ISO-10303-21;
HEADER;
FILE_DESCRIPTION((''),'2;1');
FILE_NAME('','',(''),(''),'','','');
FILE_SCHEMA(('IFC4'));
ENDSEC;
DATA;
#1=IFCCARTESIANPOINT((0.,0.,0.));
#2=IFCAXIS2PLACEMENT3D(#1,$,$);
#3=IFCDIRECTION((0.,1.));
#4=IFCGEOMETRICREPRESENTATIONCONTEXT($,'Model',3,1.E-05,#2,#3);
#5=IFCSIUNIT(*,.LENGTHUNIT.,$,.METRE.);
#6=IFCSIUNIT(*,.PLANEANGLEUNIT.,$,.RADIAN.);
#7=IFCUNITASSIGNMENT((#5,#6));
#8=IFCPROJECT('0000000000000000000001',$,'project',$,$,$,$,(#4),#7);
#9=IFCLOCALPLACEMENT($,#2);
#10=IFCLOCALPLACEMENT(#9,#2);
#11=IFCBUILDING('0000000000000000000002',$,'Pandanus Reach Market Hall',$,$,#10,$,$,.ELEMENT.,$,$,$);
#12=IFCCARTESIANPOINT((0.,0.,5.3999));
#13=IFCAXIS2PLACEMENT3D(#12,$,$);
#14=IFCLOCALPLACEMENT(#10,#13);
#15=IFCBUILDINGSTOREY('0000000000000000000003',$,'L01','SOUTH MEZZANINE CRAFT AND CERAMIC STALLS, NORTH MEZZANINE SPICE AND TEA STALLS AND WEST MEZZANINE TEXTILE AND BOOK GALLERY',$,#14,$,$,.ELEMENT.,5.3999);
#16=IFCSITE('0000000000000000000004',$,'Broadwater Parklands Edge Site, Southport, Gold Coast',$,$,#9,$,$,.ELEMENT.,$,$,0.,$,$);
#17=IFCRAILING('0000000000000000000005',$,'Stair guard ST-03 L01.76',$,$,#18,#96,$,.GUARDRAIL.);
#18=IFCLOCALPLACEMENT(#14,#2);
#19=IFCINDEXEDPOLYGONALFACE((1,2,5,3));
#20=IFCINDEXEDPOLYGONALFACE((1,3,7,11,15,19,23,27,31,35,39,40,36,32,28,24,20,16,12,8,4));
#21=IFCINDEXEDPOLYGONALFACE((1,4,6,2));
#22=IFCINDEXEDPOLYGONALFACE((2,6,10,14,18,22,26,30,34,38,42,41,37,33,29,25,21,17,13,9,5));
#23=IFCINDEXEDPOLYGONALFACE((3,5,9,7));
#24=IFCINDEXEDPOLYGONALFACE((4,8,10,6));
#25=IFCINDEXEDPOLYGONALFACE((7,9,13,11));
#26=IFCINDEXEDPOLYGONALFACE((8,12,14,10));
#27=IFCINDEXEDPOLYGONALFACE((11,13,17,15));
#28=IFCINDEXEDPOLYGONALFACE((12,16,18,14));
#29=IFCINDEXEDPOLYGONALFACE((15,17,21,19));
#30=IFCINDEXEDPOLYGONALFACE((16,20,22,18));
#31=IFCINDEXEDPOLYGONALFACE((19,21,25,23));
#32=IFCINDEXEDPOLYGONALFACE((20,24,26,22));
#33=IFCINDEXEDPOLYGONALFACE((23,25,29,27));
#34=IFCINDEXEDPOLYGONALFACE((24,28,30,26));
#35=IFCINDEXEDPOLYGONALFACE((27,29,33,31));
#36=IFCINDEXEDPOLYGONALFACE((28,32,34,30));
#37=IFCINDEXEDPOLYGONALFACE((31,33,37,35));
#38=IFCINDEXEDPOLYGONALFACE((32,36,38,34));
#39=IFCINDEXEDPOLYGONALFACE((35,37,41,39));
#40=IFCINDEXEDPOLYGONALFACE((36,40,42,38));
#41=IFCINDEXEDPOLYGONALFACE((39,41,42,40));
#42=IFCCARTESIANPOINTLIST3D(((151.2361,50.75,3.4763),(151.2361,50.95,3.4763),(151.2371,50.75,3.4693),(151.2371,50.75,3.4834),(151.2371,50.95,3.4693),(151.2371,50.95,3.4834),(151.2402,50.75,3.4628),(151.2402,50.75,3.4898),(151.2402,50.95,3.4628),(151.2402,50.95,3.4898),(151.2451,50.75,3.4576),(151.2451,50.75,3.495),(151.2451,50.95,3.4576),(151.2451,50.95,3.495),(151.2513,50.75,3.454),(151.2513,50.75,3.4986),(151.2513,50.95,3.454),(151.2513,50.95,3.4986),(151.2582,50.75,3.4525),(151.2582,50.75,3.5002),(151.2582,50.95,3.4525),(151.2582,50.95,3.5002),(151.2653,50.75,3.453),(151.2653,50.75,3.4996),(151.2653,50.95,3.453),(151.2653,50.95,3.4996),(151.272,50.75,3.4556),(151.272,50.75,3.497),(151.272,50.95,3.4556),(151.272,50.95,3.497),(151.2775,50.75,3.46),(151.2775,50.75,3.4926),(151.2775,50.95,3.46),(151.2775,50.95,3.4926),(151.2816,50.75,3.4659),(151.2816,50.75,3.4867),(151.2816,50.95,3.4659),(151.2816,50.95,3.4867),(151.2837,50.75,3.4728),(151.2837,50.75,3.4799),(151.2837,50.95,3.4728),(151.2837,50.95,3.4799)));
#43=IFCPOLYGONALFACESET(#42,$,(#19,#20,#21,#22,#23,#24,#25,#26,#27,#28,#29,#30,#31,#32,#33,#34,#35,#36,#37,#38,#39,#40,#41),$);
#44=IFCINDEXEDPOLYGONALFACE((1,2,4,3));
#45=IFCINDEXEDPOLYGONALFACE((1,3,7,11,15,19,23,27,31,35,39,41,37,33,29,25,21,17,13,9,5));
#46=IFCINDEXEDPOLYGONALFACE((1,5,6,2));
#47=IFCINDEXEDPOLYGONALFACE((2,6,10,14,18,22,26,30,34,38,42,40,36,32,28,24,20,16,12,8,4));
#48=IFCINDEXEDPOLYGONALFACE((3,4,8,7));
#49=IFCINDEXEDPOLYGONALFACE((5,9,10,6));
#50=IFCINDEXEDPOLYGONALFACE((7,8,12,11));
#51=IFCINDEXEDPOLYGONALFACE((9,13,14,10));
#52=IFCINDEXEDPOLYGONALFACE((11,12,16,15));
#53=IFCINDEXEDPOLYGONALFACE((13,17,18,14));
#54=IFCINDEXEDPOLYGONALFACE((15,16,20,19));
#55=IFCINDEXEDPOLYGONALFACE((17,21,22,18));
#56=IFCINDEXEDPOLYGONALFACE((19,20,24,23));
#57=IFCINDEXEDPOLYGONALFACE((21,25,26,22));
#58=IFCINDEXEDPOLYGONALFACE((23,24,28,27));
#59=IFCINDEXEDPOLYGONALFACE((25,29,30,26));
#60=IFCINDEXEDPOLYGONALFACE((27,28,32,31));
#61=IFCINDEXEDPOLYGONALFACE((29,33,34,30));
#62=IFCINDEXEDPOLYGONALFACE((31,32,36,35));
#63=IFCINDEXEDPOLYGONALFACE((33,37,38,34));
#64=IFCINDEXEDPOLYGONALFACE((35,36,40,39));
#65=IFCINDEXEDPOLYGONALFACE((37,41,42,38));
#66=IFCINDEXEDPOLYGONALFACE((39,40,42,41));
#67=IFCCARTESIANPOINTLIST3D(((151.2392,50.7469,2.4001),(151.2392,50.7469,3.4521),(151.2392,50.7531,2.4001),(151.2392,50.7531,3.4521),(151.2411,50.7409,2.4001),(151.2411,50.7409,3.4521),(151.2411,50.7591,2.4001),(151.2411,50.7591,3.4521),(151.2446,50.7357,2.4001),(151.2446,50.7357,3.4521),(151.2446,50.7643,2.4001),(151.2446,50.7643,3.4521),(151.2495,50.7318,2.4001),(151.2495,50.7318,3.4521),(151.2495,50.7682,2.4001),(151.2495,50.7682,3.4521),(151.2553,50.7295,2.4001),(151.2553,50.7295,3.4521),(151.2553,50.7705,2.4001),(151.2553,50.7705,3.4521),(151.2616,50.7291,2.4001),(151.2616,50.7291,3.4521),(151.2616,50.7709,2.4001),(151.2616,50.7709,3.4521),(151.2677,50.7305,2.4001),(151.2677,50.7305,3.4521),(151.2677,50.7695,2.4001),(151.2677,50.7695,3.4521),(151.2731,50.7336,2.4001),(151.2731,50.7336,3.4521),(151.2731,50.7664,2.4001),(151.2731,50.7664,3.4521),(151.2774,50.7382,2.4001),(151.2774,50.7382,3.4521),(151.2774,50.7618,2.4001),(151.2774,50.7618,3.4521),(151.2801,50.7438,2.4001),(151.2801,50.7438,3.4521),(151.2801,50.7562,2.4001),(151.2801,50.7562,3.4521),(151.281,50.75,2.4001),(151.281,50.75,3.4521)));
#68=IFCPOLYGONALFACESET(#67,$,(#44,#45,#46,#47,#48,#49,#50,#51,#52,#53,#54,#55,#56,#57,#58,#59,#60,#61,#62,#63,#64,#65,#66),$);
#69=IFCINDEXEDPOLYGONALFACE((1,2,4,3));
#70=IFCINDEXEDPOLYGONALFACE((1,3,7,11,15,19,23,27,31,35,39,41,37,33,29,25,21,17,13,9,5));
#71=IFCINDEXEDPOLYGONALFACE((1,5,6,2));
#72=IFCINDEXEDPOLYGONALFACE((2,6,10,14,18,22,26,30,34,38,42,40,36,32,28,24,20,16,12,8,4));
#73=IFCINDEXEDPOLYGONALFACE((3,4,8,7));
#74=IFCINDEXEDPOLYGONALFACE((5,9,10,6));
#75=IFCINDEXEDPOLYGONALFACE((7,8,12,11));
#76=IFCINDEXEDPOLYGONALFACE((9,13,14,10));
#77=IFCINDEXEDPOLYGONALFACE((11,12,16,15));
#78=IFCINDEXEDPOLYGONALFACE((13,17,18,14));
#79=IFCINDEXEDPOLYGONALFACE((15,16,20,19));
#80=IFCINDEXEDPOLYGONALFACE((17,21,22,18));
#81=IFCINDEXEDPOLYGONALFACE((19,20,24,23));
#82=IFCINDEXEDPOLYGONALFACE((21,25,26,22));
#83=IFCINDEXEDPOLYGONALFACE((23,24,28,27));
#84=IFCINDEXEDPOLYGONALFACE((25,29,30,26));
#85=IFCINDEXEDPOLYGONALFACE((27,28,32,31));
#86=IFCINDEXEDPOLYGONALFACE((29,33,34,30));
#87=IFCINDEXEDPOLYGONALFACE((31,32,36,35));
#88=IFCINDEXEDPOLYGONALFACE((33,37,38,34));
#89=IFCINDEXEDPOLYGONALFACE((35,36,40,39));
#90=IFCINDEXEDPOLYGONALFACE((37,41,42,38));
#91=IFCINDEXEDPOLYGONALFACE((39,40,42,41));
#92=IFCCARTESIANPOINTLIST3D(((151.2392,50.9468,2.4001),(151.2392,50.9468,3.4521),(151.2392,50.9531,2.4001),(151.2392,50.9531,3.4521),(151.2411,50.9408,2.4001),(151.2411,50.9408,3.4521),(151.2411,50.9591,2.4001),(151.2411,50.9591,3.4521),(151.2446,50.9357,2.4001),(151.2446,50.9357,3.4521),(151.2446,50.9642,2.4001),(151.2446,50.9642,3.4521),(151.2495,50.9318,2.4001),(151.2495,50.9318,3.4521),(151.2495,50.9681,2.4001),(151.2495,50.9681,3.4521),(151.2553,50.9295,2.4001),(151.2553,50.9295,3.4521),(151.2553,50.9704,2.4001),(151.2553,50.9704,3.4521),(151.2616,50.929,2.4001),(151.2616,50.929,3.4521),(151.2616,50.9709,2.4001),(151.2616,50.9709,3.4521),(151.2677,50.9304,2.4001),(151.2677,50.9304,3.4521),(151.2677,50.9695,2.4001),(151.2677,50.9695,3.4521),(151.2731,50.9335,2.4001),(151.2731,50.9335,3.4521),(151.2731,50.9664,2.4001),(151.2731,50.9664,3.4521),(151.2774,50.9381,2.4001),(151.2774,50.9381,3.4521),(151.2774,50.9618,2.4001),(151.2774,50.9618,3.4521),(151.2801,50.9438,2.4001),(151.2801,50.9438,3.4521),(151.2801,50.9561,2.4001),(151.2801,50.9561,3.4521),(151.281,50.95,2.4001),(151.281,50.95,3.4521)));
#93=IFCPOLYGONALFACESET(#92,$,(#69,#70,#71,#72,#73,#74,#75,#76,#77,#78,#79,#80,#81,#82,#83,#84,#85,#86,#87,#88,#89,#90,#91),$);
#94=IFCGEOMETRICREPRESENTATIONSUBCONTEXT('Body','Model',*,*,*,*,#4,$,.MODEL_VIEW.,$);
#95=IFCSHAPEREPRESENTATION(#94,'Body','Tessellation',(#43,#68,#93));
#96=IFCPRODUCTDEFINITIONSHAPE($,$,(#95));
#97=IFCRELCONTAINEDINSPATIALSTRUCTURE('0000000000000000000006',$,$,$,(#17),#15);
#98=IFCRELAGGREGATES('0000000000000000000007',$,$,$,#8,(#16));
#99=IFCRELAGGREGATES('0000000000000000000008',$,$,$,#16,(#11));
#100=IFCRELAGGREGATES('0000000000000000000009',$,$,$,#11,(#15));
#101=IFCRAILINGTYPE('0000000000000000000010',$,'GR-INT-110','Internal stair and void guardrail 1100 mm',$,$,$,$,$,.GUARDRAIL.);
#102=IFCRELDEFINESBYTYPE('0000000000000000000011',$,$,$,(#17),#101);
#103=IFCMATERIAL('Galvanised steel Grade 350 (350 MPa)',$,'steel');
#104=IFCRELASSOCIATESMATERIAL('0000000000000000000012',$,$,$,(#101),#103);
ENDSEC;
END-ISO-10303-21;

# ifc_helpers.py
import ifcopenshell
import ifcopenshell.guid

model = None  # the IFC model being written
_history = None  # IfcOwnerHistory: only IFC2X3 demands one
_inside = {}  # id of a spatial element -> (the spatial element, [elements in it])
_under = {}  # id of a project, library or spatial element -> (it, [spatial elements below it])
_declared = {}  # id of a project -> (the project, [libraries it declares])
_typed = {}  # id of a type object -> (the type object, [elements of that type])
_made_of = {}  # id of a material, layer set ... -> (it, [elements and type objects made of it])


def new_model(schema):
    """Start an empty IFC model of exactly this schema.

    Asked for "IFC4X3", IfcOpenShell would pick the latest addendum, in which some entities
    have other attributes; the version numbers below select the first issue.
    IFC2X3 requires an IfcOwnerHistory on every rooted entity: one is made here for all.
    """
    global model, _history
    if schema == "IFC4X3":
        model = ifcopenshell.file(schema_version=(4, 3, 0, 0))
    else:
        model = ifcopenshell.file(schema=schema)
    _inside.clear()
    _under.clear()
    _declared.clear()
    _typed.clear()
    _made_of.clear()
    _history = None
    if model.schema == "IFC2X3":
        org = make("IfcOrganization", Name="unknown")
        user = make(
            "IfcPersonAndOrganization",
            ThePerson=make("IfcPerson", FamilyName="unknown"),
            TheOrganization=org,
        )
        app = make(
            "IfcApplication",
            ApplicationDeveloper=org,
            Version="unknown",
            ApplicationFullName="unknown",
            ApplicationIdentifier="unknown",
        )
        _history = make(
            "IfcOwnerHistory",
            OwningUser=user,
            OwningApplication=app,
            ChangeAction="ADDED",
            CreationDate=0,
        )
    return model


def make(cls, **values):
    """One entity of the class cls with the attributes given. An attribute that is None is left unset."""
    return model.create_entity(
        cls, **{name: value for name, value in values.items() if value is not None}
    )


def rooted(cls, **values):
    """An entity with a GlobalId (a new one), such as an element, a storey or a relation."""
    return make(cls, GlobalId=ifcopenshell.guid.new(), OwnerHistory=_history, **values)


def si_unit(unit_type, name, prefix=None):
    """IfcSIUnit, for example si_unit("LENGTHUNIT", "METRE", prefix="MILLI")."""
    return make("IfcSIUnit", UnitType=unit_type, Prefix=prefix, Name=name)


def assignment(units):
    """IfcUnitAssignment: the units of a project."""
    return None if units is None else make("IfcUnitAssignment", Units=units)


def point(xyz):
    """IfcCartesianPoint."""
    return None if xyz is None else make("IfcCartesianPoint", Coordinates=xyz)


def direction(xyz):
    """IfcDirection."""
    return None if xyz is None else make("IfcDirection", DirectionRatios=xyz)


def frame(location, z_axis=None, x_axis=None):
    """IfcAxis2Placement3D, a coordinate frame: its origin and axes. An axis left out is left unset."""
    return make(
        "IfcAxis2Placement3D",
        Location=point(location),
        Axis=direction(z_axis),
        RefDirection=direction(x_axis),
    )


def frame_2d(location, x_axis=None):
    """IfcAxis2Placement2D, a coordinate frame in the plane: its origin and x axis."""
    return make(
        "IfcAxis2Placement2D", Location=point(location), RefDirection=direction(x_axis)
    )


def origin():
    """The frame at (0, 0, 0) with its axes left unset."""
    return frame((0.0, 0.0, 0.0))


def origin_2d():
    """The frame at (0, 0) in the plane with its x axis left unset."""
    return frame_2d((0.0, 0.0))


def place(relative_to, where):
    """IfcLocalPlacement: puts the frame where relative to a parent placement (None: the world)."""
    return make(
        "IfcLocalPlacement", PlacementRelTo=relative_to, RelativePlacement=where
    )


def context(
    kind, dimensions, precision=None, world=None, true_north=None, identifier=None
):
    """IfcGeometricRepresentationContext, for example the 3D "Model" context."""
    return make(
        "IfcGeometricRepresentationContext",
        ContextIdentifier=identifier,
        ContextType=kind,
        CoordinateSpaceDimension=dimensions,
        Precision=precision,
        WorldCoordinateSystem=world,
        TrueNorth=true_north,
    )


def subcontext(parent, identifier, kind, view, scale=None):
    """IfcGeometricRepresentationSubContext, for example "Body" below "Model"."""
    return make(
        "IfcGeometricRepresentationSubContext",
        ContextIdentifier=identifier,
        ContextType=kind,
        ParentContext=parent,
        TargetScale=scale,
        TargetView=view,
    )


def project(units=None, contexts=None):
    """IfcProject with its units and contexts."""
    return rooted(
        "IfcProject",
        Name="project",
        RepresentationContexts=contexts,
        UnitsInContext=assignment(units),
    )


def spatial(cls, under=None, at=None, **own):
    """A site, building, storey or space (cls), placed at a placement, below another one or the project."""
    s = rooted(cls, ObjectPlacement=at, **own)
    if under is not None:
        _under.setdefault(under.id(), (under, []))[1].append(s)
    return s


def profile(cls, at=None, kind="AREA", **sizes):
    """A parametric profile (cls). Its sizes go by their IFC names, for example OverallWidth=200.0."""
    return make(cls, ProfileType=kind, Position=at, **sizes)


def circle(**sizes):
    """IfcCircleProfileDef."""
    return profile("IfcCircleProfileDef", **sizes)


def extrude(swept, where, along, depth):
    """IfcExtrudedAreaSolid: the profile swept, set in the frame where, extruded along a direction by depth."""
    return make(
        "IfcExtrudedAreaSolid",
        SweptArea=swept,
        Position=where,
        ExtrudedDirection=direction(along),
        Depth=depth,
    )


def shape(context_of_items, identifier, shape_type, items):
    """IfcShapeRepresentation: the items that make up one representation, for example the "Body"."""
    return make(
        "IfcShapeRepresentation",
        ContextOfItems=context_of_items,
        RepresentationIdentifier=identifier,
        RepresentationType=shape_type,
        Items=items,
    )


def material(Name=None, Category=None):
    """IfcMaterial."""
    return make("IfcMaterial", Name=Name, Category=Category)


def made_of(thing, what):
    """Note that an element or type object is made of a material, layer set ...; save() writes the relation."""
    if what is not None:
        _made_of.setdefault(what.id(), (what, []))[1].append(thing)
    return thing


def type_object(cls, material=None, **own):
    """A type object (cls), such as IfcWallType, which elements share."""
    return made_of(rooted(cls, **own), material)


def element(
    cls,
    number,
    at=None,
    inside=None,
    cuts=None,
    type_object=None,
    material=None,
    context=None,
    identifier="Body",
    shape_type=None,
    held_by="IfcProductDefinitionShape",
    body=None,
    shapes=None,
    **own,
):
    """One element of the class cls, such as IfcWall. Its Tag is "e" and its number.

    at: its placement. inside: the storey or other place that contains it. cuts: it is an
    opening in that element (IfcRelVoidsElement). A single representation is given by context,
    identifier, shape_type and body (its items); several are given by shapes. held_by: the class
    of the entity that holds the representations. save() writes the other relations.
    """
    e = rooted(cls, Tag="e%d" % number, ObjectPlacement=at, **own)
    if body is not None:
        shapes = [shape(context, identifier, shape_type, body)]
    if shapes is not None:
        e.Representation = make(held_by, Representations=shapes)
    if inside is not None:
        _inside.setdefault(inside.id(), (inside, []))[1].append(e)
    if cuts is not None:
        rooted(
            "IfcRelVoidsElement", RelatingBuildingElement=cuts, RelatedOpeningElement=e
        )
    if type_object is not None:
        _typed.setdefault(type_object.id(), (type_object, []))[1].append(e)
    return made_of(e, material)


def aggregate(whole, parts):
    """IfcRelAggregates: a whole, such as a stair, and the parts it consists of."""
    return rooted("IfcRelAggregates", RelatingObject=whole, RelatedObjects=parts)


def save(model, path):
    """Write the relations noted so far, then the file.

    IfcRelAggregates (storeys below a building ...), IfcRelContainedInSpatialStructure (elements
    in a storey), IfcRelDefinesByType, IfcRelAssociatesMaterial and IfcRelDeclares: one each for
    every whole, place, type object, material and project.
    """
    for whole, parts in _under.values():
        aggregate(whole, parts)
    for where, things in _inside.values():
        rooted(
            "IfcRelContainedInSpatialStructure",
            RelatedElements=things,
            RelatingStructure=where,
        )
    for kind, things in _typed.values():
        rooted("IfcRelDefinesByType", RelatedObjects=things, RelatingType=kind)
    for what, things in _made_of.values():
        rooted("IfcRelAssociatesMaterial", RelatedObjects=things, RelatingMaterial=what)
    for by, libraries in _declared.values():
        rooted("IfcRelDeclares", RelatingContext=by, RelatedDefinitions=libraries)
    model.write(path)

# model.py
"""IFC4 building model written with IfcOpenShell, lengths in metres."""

from ifc_helpers import new_model, si_unit, direction, frame, origin, origin_2d, place, context, subcontext, project, spatial, circle, extrude, material, type_object, element, save


model = new_model("IFC4")

# Units and contexts
model_context = context("Model", 3, precision=1e-05, world=origin(), true_north=direction((0.0, 1.0)))
body_context = subcontext(model_context, "Body", "Model", "MODEL_VIEW")
ifc_project = project(units=[si_unit("LENGTHUNIT", "METRE"), si_unit("PLANEANGLEUNIT", "RADIAN")], contexts=[model_context])

# Site, building, storey
site_placement = place(None, origin())
site = spatial("IfcSite", under=ifc_project, at=site_placement, Name="Broadwater Parklands Edge Site, Southport, Gold Coast", CompositionType="ELEMENT", RefElevation=0.0)
building_placement = place(site_placement, origin())
building = spatial("IfcBuilding", under=site, at=building_placement, Name="Pandanus Reach Market Hall", CompositionType="ELEMENT")
storey_placement = place(building_placement, frame((0.0, 0.0, 5.3999)))
storey = spatial("IfcBuildingStorey", under=building, at=storey_placement, Name="L01", Description="SOUTH MEZZANINE CRAFT AND CERAMIC STALLS, NORTH MEZZANINE SPICE AND TEA STALLS AND WEST MEZZANINE TEXTILE AND BOOK GALLERY", CompositionType="ELEMENT", Elevation=5.3999)

# Railing
ifc_material_1 = material(Name="Galvanised steel Grade 350 (350 MPa)", Category="steel")
railing_type_1 = type_object("IfcRailingType", Name="GR-INT-110", Description="Internal stair and void guardrail 1100 mm", PredefinedType="GUARDRAIL", material=ifc_material_1)
railing_1_placement = place(storey_placement, frame((151.26, 50.75, 2.4001)))
element("IfcRailing", 1, at=railing_1_placement, inside=storey, type_object=railing_type_1, Name="Stair guard ST-03 L01.76", PredefinedType="GUARDRAIL", context=body_context, shape_type="SweptSolid", body=[
    extrude(circle(Radius=0.0239, at=origin_2d()), frame((0.0, 0.0, 1.0762), z_axis=(0.0, 1.0, 0.0), x_axis=(-1.0, 0.0, 0.0)), (0.0, 0.0, 1.0), 0.2),
    extrude(circle(Radius=0.021, at=origin_2d()), origin(), (0.0, 0.0, 1.0), 1.052),
    extrude(circle(Radius=0.021, at=origin_2d()), frame((0.0, 0.2, 0.0)), (0.0, 0.0, 1.0), 1.052),
])

save(model, "model.ifc")
